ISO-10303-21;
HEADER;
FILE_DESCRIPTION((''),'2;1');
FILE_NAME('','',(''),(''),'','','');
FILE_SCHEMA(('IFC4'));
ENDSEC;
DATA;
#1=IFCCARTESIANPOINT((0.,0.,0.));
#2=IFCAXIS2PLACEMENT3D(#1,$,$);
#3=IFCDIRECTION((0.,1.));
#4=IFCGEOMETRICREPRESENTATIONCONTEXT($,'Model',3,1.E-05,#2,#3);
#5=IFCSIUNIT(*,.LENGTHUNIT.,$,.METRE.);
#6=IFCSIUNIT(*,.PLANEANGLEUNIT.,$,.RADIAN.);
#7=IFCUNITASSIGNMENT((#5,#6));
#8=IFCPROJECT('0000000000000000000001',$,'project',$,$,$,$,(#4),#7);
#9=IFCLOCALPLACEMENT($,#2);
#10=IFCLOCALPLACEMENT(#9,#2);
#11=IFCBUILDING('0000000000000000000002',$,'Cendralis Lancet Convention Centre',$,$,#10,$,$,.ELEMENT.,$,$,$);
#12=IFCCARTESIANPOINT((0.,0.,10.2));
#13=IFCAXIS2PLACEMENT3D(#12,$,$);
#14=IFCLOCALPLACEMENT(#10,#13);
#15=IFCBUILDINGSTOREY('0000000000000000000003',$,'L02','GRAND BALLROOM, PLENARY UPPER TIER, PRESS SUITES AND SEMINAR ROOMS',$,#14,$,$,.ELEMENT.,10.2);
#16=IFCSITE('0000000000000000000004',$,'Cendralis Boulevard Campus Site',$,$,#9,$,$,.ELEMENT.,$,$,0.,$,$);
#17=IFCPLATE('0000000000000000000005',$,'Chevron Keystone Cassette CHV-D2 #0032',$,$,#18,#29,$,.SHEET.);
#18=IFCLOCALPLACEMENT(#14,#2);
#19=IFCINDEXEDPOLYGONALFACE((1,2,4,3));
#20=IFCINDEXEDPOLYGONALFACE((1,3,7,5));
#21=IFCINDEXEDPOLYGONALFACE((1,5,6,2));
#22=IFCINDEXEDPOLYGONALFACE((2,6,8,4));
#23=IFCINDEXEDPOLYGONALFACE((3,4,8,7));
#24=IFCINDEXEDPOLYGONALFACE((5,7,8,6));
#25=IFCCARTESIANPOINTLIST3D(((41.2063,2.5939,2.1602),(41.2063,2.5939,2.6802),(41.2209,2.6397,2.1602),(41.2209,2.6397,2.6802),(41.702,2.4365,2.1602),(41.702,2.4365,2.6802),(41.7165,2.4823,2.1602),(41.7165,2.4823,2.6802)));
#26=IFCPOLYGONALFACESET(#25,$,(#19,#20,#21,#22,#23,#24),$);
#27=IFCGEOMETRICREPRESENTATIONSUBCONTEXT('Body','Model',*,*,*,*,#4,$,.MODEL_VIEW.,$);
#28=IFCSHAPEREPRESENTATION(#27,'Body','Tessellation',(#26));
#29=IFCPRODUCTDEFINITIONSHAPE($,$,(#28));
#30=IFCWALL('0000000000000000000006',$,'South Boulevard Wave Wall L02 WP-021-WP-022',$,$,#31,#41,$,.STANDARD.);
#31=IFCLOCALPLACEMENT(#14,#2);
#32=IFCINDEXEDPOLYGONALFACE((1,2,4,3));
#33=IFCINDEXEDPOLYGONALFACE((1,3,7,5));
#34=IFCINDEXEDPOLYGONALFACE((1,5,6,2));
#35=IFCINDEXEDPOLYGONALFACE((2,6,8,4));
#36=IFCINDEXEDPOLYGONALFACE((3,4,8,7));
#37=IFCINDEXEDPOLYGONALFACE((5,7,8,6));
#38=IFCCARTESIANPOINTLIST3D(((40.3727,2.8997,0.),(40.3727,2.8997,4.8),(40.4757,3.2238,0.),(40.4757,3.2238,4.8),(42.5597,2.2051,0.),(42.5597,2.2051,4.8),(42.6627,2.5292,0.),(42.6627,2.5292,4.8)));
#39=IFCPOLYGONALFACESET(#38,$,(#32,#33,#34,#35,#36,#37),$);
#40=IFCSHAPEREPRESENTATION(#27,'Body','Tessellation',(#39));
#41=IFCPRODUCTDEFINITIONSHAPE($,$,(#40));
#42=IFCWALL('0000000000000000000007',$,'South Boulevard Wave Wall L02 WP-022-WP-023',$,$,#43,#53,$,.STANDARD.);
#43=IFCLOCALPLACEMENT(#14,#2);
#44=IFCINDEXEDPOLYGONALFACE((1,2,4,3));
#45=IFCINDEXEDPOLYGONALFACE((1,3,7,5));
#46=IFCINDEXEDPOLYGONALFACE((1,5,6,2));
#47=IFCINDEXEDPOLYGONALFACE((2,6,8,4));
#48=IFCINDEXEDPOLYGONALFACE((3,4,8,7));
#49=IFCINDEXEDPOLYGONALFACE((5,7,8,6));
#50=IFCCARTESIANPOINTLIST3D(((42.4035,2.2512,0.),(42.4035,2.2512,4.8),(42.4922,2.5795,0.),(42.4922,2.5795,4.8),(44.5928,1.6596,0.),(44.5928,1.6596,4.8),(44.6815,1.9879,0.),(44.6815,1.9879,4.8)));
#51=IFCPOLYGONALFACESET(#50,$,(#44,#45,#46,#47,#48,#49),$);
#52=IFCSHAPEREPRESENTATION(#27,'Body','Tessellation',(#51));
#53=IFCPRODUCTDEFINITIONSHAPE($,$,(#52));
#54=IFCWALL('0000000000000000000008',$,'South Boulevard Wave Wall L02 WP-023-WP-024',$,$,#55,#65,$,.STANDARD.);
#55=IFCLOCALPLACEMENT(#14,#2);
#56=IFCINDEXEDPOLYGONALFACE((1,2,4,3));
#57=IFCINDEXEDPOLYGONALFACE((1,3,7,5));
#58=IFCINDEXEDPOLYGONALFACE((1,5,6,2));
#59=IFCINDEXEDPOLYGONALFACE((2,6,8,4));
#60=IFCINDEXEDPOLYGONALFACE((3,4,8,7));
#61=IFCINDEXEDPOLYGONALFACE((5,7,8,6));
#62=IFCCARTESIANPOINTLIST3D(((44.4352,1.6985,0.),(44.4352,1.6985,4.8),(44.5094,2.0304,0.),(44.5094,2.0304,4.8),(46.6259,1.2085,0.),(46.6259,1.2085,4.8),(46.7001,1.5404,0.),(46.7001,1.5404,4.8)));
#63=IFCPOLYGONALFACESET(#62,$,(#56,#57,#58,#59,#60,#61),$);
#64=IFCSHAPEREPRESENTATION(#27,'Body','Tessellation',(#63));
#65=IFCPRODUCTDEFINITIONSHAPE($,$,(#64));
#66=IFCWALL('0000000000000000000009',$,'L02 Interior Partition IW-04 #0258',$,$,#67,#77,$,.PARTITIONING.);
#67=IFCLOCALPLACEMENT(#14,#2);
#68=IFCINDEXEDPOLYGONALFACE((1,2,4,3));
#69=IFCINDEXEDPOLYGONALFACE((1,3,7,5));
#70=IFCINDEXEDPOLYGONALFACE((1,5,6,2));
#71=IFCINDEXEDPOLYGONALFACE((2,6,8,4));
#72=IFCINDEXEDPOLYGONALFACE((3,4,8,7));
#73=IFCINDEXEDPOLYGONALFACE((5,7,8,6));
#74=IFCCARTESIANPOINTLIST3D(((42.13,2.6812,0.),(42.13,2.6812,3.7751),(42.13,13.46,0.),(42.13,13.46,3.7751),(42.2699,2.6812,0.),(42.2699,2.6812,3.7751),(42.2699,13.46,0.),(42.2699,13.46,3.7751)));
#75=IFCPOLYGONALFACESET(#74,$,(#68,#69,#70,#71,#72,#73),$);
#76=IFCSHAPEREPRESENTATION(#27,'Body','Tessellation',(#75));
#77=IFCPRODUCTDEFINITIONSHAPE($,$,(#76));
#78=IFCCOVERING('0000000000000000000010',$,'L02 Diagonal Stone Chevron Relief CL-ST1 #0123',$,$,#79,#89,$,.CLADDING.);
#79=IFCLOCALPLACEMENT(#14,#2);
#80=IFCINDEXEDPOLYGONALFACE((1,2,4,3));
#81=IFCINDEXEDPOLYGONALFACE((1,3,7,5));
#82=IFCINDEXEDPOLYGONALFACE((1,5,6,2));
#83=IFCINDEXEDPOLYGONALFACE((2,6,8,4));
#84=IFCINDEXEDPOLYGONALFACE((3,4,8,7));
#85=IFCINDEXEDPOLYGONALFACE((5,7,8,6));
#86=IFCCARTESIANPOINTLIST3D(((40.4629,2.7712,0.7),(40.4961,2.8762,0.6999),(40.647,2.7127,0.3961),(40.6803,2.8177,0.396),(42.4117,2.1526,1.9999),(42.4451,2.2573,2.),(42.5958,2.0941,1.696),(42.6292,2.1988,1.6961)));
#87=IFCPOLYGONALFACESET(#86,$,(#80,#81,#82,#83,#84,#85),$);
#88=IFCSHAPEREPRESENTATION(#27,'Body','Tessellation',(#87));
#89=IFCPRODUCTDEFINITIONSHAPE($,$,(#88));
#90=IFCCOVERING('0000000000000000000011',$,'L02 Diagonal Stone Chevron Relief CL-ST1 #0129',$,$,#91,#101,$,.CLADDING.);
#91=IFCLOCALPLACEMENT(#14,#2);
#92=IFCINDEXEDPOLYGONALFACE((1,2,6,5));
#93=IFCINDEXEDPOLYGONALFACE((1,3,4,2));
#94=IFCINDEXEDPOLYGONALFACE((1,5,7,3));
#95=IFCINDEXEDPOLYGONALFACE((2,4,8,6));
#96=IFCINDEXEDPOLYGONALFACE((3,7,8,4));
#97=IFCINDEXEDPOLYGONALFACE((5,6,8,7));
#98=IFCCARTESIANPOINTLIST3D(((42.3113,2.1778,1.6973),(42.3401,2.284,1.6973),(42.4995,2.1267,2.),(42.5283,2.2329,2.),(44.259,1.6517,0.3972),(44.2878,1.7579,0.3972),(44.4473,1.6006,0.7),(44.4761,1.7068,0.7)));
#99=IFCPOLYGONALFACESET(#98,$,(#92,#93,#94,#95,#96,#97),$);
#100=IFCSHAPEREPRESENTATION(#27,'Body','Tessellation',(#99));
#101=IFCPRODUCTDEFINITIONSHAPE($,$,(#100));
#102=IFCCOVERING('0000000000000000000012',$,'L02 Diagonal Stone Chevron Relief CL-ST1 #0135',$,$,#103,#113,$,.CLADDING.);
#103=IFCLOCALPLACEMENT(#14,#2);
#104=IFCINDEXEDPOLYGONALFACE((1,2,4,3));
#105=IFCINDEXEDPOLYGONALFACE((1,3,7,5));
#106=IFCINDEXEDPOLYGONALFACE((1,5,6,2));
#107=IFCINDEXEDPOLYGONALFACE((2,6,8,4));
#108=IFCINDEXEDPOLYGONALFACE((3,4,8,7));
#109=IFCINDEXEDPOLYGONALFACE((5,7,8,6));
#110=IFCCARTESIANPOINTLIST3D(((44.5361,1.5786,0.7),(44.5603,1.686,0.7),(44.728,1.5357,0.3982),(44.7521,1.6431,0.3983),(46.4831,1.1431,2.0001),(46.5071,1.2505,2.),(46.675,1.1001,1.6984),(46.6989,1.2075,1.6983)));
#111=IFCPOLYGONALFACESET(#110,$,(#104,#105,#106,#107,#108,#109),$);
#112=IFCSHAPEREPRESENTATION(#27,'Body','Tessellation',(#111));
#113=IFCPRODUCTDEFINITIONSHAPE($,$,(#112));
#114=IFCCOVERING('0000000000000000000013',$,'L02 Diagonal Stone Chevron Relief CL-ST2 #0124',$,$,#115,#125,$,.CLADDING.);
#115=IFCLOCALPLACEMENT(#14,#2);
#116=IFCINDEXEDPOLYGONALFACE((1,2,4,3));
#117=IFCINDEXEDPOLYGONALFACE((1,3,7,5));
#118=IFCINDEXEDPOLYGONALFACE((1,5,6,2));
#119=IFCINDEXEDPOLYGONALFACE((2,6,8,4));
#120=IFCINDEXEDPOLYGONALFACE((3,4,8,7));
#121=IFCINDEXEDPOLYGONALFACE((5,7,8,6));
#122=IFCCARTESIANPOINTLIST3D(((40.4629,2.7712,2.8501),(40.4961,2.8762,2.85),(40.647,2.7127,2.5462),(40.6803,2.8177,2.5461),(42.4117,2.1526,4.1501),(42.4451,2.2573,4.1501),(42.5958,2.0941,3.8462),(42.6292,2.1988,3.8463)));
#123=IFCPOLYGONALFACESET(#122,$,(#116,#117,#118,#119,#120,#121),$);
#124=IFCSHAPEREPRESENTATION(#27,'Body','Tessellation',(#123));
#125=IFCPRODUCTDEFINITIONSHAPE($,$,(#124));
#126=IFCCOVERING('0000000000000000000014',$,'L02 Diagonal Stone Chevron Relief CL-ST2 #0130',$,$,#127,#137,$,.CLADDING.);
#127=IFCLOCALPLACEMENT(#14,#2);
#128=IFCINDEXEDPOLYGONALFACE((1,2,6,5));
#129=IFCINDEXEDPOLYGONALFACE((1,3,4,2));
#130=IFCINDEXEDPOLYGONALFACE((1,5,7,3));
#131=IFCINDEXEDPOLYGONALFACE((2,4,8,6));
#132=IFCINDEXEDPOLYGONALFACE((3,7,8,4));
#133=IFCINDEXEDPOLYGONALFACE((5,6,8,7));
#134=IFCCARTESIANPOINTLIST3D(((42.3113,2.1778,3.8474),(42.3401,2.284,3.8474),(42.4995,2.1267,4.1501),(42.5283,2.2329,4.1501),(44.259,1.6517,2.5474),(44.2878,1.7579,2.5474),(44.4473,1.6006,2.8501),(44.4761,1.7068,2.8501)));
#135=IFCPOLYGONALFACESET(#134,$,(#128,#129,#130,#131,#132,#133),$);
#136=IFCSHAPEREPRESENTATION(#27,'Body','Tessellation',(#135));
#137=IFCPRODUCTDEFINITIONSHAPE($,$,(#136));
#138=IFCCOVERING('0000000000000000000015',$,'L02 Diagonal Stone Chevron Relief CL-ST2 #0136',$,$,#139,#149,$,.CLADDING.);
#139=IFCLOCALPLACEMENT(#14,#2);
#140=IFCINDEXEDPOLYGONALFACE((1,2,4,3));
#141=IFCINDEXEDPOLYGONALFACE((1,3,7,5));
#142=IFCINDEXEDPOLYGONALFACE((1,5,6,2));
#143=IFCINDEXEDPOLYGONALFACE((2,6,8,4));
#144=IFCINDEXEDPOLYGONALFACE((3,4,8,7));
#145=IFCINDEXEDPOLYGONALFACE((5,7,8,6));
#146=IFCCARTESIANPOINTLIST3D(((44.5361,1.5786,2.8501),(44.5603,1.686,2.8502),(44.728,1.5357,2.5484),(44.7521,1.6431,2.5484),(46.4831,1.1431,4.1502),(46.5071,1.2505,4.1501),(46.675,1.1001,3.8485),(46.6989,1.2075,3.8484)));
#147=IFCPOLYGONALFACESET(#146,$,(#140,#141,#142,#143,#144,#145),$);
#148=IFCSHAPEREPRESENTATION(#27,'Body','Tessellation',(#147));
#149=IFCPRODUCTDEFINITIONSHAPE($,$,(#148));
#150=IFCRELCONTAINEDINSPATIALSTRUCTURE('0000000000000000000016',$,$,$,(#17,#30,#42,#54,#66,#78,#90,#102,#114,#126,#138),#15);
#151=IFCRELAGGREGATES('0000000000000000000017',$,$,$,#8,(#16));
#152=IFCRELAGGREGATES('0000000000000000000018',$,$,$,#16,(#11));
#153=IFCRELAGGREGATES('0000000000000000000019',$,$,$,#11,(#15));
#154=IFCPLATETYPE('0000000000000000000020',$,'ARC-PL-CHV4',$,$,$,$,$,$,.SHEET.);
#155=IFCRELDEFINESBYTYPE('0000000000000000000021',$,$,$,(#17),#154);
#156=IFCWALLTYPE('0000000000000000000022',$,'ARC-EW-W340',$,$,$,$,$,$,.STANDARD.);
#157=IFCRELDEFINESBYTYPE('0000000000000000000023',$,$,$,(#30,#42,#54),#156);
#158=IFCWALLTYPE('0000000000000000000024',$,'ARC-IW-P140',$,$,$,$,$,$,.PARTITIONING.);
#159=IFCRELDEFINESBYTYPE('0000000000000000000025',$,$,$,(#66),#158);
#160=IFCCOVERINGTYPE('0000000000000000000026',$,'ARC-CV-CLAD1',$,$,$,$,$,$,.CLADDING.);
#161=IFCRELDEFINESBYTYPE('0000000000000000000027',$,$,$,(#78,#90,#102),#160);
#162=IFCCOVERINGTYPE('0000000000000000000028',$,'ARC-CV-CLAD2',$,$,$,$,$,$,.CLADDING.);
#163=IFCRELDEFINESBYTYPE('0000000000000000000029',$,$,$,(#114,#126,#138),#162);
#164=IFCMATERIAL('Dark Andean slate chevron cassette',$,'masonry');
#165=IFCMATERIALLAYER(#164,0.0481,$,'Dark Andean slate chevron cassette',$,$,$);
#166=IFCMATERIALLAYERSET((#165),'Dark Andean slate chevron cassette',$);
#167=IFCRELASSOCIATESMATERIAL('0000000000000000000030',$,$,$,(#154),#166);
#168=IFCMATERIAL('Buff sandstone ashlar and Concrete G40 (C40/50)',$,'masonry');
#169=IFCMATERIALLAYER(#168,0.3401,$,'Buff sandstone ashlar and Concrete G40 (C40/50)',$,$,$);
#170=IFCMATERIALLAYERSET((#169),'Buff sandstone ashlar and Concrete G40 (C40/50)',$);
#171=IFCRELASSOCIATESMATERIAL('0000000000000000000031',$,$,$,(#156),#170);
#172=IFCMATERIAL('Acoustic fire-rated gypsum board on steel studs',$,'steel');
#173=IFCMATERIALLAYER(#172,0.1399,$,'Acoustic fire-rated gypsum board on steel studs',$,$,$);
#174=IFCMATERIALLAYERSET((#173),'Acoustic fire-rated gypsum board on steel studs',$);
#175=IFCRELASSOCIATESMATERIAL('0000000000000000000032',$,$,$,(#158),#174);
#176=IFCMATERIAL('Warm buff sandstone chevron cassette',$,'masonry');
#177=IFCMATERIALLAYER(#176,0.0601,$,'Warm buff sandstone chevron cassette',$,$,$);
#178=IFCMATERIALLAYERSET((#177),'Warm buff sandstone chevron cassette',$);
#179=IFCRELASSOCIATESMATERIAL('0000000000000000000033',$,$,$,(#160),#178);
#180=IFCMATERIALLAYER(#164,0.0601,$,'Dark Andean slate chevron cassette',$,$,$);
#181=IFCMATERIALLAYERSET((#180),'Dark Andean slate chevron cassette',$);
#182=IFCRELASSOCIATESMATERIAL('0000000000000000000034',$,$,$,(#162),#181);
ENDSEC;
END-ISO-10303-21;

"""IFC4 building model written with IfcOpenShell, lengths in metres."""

from ifc_helpers import new_model, si_unit, direction, frame, frame_2d, origin, origin_2d, place, context, subcontext, project, spatial, polyline, rectangle, outline, extrude, material, layer, layer_set, type_object, element, save


model = new_model("IFC4")

# Units and contexts
model_context = context("Model", 3, precision=1e-05, world=origin(), true_north=direction((0.0, 1.0)))
body_context = subcontext(model_context, "Body", "Model", "MODEL_VIEW")
ifc_project = project(units=[si_unit("LENGTHUNIT", "METRE"), si_unit("PLANEANGLEUNIT", "RADIAN")], contexts=[model_context])

# Site, building, storey
site_placement = place(None, origin())
site = spatial("IfcSite", under=ifc_project, at=site_placement, Name="Cendralis Boulevard Campus Site", CompositionType="ELEMENT", RefElevation=0.0)
building_placement = place(site_placement, origin())
building = spatial("IfcBuilding", under=site, at=building_placement, Name="Cendralis Lancet Convention Centre", CompositionType="ELEMENT")
storey_placement = place(building_placement, frame((0.0, 0.0, 10.2)))
storey = spatial("IfcBuildingStorey", under=building, at=storey_placement, Name="L02", Description="GRAND BALLROOM, PLENARY UPPER TIER, PRESS SUITES AND SEMINAR ROOMS", CompositionType="ELEMENT", Elevation=10.2)

# Plate
ifc_material_1 = material(Name="Dark Andean slate chevron cassette", Category="masonry")
ifc_layer_1 = layer(ifc_material_1, 0.0481, Name="Dark Andean slate chevron cassette")
ifc_layer_set_1 = layer_set([ifc_layer_1], Name="Dark Andean slate chevron cassette")
plate_type = type_object("IfcPlateType", Name="ARC-PL-CHV4", PredefinedType="SHEET", material=ifc_layer_set_1)
plate_placement = place(storey_placement, frame((41.4614, 2.5381, 2.1602), z_axis=(0.0, 0.0, 1.0), x_axis=(0.953106, -0.302636, 0.0)))
element("IfcPlate", 1, at=plate_placement, inside=storey, type_object=plate_type, Name="Chevron Keystone Cassette CHV-D2 #0032", PredefinedType="SHEET", context=body_context, shape_type="SweptSolid", body=[
    extrude(rectangle(XDim=0.52, YDim=0.0481, at=origin_2d()), origin(), (0.0, 0.0, 1.0), 0.52),
])

# Walls
ifc_material_2 = material(Name="Buff sandstone ashlar and Concrete G40 (C40/50)", Category="masonry")
ifc_layer_2 = layer(ifc_material_2, 0.3401, Name="Buff sandstone ashlar and Concrete G40 (C40/50)")
ifc_layer_set_2 = layer_set([ifc_layer_2], Name="Buff sandstone ashlar and Concrete G40 (C40/50)")
wall_type_1 = type_object("IfcWallType", Name="ARC-EW-W340", PredefinedType="STANDARD", material=ifc_layer_set_2)
wall_1_placement = place(storey_placement, frame((40.4241, 3.0618, 0.0), z_axis=(0.0, 0.0, 1.0), x_axis=(0.953088, -0.302694, 0.0)))
element("IfcWall", 2, at=wall_1_placement, inside=storey, type_object=wall_type_1, Name="South Boulevard Wave Wall L02 WP-021-WP-022", PredefinedType="STANDARD", context=body_context, shape_type="SweptSolid", body=[
    extrude(rectangle(XDim=2.2947, YDim=0.3401, at=frame_2d((1.1475, 0.0))), origin(), (0.0, 0.0, 1.0), 4.8),
])
wall_2_placement = place(storey_placement, frame((42.448, 2.4153, 0.0), z_axis=(0.0, 0.0, 1.0), x_axis=(0.965377, -0.260858, 0.0)))
element("IfcWall", 3, at=wall_2_placement, inside=storey, type_object=wall_type_1, Name="South Boulevard Wave Wall L02 WP-022-WP-023", PredefinedType="STANDARD", context=body_context, shape_type="SweptSolid", body=[
    extrude(rectangle(XDim=2.2678, YDim=0.3401, at=frame_2d((1.1338, 0.0))), origin(), (0.0, 0.0, 1.0), 4.8),
])
wall_3_placement = place(storey_placement, frame((44.4722, 1.8645, 0.0), z_axis=(0.0, 0.0, 1.0), x_axis=(0.975887, -0.218278, 0.0)))
element("IfcWall", 4, at=wall_3_placement, inside=storey, type_object=wall_type_1, Name="South Boulevard Wave Wall L02 WP-023-WP-024", PredefinedType="STANDARD", context=body_context, shape_type="SweptSolid", body=[
    extrude(rectangle(XDim=2.2449, YDim=0.3401, at=frame_2d((1.1226, 0.0))), origin(), (0.0, 0.0, 1.0), 4.8),
])
ifc_material_3 = material(Name="Acoustic fire-rated gypsum board on steel studs", Category="steel")
ifc_layer_3 = layer(ifc_material_3, 0.1399, Name="Acoustic fire-rated gypsum board on steel studs")
ifc_layer_set_3 = layer_set([ifc_layer_3], Name="Acoustic fire-rated gypsum board on steel studs")
wall_type_2 = type_object("IfcWallType", Name="ARC-IW-P140", PredefinedType="PARTITIONING", material=ifc_layer_set_3)
wall_4_placement = place(storey_placement, frame((42.2, 2.6812, 0.0), z_axis=(0.0, 0.0, 1.0), x_axis=(0.0, 1.0, 0.0)))
element("IfcWall", 5, at=wall_4_placement, inside=storey, type_object=wall_type_2, Name="L02 Interior Partition IW-04 #0258", PredefinedType="PARTITIONING", context=body_context, shape_type="SweptSolid", body=[
    extrude(rectangle(XDim=10.7788, YDim=0.1399, at=frame_2d((5.3894, 0.0))), origin(), (0.0, 0.0, 1.0), 3.7751),
])

# Coverings
ifc_material_4 = material(Name="Warm buff sandstone chevron cassette", Category="masonry")
ifc_layer_4 = layer(ifc_material_4, 0.0601, Name="Warm buff sandstone chevron cassette")
ifc_layer_set_4 = layer_set([ifc_layer_4], Name="Warm buff sandstone chevron cassette")
covering_type_1 = type_object("IfcCoveringType", Name="ARC-CV-CLAD1", PredefinedType="CLADDING", material=ifc_layer_set_4)
covering_1_placement = place(storey_placement, frame((40.4629, 2.7712, 0.7), z_axis=(-0.511338, 0.162509, 0.843875), x_axis=(0.804317, -0.255342, 0.53654)))
element("IfcCovering", 6, at=covering_1_placement, inside=storey, type_object=covering_type_1, Name="L02 Diagonal Stone Chevron Relief CL-ST1 #0123", PredefinedType="CLADDING", context=body_context, shape_type="SweptSolid", body=[
    extrude(outline(polyline([(0.0, 0.0), (2.4229, 0.0), (2.4231, 0.1099), (-0.0001, 0.1101), (0.0, 0.0)])), origin(), (0.0, 0.0, -1.0), 0.3601),
])
covering_2_placement = place(storey_placement, frame((42.4995, 2.1267, 2.0), z_axis=(0.522763, -0.141807, 0.840601), x_axis=(0.811516, -0.219205, -0.541655)))
element("IfcCovering", 7, at=covering_2_placement, inside=storey, type_object=covering_type_1, Name="L02 Diagonal Stone Chevron Relief CL-ST1 #0129", PredefinedType="CLADDING", context=body_context, shape_type="SweptSolid", body=[
    extrude(outline(polyline([(0.0, 0.0), (2.4001, 0.0), (2.4002, 0.11), (0.0001, 0.11), (0.0, 0.0)])), origin(), (0.0, 0.0, -1.0), 0.3601),
])
covering_3_placement = place(storey_placement, frame((44.5361, 1.5786, 0.7), z_axis=(-0.532771, 0.119268, 0.837813), x_axis=(0.817606, -0.182898, 0.545957)))
element("IfcCovering", 8, at=covering_3_placement, inside=storey, type_object=covering_type_1, Name="L02 Diagonal Stone Chevron Relief CL-ST1 #0135", PredefinedType="CLADDING", context=body_context, shape_type="SweptSolid", body=[
    extrude(outline(polyline([(0.0, 0.0), (2.3813, 0.0), (2.3812, 0.1101), (0.0001, 0.1101), (0.0, 0.0)])), origin(), (0.0, 0.0, -1.0), 0.3601),
])
ifc_layer_5 = layer(ifc_material_1, 0.0601, Name="Dark Andean slate chevron cassette")
ifc_layer_set_5 = layer_set([ifc_layer_5], Name="Dark Andean slate chevron cassette")
covering_type_2 = type_object("IfcCoveringType", Name="ARC-CV-CLAD2", PredefinedType="CLADDING", material=ifc_layer_set_5)
covering_4_placement = place(storey_placement, frame((40.4629, 2.7712, 2.8501), z_axis=(-0.511338, 0.162509, 0.843875), x_axis=(0.804317, -0.255342, 0.53654)))
element("IfcCovering", 9, at=covering_4_placement, inside=storey, type_object=covering_type_2, Name="L02 Diagonal Stone Chevron Relief CL-ST2 #0124", PredefinedType="CLADDING", context=body_context, shape_type="SweptSolid", body=[
    extrude(outline(polyline([(0.0, 0.0), (2.4229, 0.0), (2.4231, 0.1099), (-0.0001, 0.1101), (0.0, 0.0)])), origin(), (0.0, 0.0, -1.0), 0.3601),
])
covering_5_placement = place(storey_placement, frame((42.4995, 2.1267, 4.1501), z_axis=(0.522763, -0.141807, 0.840601), x_axis=(0.811516, -0.219205, -0.541655)))
element("IfcCovering", 10, at=covering_5_placement, inside=storey, type_object=covering_type_2, Name="L02 Diagonal Stone Chevron Relief CL-ST2 #0130", PredefinedType="CLADDING", context=body_context, shape_type="SweptSolid", body=[
    extrude(outline(polyline([(0.0, 0.0), (2.4001, 0.0), (2.4002, 0.11), (0.0001, 0.11), (0.0, 0.0)])), origin(), (0.0, 0.0, -1.0), 0.3601),
])
covering_6_placement = place(storey_placement, frame((44.5361, 1.5786, 2.8501), z_axis=(-0.532771, 0.119268, 0.837813), x_axis=(0.817606, -0.182898, 0.545957)))
element("IfcCovering", 11, at=covering_6_placement, inside=storey, type_object=covering_type_2, Name="L02 Diagonal Stone Chevron Relief CL-ST2 #0136", PredefinedType="CLADDING", context=body_context, shape_type="SweptSolid", body=[
    extrude(outline(polyline([(0.0, 0.0), (2.3813, 0.0), (2.3812, 0.1101), (0.0001, 0.1101), (0.0, 0.0)])), origin(), (0.0, 0.0, -1.0), 0.3601),
])

save(model, "model.ifc")
